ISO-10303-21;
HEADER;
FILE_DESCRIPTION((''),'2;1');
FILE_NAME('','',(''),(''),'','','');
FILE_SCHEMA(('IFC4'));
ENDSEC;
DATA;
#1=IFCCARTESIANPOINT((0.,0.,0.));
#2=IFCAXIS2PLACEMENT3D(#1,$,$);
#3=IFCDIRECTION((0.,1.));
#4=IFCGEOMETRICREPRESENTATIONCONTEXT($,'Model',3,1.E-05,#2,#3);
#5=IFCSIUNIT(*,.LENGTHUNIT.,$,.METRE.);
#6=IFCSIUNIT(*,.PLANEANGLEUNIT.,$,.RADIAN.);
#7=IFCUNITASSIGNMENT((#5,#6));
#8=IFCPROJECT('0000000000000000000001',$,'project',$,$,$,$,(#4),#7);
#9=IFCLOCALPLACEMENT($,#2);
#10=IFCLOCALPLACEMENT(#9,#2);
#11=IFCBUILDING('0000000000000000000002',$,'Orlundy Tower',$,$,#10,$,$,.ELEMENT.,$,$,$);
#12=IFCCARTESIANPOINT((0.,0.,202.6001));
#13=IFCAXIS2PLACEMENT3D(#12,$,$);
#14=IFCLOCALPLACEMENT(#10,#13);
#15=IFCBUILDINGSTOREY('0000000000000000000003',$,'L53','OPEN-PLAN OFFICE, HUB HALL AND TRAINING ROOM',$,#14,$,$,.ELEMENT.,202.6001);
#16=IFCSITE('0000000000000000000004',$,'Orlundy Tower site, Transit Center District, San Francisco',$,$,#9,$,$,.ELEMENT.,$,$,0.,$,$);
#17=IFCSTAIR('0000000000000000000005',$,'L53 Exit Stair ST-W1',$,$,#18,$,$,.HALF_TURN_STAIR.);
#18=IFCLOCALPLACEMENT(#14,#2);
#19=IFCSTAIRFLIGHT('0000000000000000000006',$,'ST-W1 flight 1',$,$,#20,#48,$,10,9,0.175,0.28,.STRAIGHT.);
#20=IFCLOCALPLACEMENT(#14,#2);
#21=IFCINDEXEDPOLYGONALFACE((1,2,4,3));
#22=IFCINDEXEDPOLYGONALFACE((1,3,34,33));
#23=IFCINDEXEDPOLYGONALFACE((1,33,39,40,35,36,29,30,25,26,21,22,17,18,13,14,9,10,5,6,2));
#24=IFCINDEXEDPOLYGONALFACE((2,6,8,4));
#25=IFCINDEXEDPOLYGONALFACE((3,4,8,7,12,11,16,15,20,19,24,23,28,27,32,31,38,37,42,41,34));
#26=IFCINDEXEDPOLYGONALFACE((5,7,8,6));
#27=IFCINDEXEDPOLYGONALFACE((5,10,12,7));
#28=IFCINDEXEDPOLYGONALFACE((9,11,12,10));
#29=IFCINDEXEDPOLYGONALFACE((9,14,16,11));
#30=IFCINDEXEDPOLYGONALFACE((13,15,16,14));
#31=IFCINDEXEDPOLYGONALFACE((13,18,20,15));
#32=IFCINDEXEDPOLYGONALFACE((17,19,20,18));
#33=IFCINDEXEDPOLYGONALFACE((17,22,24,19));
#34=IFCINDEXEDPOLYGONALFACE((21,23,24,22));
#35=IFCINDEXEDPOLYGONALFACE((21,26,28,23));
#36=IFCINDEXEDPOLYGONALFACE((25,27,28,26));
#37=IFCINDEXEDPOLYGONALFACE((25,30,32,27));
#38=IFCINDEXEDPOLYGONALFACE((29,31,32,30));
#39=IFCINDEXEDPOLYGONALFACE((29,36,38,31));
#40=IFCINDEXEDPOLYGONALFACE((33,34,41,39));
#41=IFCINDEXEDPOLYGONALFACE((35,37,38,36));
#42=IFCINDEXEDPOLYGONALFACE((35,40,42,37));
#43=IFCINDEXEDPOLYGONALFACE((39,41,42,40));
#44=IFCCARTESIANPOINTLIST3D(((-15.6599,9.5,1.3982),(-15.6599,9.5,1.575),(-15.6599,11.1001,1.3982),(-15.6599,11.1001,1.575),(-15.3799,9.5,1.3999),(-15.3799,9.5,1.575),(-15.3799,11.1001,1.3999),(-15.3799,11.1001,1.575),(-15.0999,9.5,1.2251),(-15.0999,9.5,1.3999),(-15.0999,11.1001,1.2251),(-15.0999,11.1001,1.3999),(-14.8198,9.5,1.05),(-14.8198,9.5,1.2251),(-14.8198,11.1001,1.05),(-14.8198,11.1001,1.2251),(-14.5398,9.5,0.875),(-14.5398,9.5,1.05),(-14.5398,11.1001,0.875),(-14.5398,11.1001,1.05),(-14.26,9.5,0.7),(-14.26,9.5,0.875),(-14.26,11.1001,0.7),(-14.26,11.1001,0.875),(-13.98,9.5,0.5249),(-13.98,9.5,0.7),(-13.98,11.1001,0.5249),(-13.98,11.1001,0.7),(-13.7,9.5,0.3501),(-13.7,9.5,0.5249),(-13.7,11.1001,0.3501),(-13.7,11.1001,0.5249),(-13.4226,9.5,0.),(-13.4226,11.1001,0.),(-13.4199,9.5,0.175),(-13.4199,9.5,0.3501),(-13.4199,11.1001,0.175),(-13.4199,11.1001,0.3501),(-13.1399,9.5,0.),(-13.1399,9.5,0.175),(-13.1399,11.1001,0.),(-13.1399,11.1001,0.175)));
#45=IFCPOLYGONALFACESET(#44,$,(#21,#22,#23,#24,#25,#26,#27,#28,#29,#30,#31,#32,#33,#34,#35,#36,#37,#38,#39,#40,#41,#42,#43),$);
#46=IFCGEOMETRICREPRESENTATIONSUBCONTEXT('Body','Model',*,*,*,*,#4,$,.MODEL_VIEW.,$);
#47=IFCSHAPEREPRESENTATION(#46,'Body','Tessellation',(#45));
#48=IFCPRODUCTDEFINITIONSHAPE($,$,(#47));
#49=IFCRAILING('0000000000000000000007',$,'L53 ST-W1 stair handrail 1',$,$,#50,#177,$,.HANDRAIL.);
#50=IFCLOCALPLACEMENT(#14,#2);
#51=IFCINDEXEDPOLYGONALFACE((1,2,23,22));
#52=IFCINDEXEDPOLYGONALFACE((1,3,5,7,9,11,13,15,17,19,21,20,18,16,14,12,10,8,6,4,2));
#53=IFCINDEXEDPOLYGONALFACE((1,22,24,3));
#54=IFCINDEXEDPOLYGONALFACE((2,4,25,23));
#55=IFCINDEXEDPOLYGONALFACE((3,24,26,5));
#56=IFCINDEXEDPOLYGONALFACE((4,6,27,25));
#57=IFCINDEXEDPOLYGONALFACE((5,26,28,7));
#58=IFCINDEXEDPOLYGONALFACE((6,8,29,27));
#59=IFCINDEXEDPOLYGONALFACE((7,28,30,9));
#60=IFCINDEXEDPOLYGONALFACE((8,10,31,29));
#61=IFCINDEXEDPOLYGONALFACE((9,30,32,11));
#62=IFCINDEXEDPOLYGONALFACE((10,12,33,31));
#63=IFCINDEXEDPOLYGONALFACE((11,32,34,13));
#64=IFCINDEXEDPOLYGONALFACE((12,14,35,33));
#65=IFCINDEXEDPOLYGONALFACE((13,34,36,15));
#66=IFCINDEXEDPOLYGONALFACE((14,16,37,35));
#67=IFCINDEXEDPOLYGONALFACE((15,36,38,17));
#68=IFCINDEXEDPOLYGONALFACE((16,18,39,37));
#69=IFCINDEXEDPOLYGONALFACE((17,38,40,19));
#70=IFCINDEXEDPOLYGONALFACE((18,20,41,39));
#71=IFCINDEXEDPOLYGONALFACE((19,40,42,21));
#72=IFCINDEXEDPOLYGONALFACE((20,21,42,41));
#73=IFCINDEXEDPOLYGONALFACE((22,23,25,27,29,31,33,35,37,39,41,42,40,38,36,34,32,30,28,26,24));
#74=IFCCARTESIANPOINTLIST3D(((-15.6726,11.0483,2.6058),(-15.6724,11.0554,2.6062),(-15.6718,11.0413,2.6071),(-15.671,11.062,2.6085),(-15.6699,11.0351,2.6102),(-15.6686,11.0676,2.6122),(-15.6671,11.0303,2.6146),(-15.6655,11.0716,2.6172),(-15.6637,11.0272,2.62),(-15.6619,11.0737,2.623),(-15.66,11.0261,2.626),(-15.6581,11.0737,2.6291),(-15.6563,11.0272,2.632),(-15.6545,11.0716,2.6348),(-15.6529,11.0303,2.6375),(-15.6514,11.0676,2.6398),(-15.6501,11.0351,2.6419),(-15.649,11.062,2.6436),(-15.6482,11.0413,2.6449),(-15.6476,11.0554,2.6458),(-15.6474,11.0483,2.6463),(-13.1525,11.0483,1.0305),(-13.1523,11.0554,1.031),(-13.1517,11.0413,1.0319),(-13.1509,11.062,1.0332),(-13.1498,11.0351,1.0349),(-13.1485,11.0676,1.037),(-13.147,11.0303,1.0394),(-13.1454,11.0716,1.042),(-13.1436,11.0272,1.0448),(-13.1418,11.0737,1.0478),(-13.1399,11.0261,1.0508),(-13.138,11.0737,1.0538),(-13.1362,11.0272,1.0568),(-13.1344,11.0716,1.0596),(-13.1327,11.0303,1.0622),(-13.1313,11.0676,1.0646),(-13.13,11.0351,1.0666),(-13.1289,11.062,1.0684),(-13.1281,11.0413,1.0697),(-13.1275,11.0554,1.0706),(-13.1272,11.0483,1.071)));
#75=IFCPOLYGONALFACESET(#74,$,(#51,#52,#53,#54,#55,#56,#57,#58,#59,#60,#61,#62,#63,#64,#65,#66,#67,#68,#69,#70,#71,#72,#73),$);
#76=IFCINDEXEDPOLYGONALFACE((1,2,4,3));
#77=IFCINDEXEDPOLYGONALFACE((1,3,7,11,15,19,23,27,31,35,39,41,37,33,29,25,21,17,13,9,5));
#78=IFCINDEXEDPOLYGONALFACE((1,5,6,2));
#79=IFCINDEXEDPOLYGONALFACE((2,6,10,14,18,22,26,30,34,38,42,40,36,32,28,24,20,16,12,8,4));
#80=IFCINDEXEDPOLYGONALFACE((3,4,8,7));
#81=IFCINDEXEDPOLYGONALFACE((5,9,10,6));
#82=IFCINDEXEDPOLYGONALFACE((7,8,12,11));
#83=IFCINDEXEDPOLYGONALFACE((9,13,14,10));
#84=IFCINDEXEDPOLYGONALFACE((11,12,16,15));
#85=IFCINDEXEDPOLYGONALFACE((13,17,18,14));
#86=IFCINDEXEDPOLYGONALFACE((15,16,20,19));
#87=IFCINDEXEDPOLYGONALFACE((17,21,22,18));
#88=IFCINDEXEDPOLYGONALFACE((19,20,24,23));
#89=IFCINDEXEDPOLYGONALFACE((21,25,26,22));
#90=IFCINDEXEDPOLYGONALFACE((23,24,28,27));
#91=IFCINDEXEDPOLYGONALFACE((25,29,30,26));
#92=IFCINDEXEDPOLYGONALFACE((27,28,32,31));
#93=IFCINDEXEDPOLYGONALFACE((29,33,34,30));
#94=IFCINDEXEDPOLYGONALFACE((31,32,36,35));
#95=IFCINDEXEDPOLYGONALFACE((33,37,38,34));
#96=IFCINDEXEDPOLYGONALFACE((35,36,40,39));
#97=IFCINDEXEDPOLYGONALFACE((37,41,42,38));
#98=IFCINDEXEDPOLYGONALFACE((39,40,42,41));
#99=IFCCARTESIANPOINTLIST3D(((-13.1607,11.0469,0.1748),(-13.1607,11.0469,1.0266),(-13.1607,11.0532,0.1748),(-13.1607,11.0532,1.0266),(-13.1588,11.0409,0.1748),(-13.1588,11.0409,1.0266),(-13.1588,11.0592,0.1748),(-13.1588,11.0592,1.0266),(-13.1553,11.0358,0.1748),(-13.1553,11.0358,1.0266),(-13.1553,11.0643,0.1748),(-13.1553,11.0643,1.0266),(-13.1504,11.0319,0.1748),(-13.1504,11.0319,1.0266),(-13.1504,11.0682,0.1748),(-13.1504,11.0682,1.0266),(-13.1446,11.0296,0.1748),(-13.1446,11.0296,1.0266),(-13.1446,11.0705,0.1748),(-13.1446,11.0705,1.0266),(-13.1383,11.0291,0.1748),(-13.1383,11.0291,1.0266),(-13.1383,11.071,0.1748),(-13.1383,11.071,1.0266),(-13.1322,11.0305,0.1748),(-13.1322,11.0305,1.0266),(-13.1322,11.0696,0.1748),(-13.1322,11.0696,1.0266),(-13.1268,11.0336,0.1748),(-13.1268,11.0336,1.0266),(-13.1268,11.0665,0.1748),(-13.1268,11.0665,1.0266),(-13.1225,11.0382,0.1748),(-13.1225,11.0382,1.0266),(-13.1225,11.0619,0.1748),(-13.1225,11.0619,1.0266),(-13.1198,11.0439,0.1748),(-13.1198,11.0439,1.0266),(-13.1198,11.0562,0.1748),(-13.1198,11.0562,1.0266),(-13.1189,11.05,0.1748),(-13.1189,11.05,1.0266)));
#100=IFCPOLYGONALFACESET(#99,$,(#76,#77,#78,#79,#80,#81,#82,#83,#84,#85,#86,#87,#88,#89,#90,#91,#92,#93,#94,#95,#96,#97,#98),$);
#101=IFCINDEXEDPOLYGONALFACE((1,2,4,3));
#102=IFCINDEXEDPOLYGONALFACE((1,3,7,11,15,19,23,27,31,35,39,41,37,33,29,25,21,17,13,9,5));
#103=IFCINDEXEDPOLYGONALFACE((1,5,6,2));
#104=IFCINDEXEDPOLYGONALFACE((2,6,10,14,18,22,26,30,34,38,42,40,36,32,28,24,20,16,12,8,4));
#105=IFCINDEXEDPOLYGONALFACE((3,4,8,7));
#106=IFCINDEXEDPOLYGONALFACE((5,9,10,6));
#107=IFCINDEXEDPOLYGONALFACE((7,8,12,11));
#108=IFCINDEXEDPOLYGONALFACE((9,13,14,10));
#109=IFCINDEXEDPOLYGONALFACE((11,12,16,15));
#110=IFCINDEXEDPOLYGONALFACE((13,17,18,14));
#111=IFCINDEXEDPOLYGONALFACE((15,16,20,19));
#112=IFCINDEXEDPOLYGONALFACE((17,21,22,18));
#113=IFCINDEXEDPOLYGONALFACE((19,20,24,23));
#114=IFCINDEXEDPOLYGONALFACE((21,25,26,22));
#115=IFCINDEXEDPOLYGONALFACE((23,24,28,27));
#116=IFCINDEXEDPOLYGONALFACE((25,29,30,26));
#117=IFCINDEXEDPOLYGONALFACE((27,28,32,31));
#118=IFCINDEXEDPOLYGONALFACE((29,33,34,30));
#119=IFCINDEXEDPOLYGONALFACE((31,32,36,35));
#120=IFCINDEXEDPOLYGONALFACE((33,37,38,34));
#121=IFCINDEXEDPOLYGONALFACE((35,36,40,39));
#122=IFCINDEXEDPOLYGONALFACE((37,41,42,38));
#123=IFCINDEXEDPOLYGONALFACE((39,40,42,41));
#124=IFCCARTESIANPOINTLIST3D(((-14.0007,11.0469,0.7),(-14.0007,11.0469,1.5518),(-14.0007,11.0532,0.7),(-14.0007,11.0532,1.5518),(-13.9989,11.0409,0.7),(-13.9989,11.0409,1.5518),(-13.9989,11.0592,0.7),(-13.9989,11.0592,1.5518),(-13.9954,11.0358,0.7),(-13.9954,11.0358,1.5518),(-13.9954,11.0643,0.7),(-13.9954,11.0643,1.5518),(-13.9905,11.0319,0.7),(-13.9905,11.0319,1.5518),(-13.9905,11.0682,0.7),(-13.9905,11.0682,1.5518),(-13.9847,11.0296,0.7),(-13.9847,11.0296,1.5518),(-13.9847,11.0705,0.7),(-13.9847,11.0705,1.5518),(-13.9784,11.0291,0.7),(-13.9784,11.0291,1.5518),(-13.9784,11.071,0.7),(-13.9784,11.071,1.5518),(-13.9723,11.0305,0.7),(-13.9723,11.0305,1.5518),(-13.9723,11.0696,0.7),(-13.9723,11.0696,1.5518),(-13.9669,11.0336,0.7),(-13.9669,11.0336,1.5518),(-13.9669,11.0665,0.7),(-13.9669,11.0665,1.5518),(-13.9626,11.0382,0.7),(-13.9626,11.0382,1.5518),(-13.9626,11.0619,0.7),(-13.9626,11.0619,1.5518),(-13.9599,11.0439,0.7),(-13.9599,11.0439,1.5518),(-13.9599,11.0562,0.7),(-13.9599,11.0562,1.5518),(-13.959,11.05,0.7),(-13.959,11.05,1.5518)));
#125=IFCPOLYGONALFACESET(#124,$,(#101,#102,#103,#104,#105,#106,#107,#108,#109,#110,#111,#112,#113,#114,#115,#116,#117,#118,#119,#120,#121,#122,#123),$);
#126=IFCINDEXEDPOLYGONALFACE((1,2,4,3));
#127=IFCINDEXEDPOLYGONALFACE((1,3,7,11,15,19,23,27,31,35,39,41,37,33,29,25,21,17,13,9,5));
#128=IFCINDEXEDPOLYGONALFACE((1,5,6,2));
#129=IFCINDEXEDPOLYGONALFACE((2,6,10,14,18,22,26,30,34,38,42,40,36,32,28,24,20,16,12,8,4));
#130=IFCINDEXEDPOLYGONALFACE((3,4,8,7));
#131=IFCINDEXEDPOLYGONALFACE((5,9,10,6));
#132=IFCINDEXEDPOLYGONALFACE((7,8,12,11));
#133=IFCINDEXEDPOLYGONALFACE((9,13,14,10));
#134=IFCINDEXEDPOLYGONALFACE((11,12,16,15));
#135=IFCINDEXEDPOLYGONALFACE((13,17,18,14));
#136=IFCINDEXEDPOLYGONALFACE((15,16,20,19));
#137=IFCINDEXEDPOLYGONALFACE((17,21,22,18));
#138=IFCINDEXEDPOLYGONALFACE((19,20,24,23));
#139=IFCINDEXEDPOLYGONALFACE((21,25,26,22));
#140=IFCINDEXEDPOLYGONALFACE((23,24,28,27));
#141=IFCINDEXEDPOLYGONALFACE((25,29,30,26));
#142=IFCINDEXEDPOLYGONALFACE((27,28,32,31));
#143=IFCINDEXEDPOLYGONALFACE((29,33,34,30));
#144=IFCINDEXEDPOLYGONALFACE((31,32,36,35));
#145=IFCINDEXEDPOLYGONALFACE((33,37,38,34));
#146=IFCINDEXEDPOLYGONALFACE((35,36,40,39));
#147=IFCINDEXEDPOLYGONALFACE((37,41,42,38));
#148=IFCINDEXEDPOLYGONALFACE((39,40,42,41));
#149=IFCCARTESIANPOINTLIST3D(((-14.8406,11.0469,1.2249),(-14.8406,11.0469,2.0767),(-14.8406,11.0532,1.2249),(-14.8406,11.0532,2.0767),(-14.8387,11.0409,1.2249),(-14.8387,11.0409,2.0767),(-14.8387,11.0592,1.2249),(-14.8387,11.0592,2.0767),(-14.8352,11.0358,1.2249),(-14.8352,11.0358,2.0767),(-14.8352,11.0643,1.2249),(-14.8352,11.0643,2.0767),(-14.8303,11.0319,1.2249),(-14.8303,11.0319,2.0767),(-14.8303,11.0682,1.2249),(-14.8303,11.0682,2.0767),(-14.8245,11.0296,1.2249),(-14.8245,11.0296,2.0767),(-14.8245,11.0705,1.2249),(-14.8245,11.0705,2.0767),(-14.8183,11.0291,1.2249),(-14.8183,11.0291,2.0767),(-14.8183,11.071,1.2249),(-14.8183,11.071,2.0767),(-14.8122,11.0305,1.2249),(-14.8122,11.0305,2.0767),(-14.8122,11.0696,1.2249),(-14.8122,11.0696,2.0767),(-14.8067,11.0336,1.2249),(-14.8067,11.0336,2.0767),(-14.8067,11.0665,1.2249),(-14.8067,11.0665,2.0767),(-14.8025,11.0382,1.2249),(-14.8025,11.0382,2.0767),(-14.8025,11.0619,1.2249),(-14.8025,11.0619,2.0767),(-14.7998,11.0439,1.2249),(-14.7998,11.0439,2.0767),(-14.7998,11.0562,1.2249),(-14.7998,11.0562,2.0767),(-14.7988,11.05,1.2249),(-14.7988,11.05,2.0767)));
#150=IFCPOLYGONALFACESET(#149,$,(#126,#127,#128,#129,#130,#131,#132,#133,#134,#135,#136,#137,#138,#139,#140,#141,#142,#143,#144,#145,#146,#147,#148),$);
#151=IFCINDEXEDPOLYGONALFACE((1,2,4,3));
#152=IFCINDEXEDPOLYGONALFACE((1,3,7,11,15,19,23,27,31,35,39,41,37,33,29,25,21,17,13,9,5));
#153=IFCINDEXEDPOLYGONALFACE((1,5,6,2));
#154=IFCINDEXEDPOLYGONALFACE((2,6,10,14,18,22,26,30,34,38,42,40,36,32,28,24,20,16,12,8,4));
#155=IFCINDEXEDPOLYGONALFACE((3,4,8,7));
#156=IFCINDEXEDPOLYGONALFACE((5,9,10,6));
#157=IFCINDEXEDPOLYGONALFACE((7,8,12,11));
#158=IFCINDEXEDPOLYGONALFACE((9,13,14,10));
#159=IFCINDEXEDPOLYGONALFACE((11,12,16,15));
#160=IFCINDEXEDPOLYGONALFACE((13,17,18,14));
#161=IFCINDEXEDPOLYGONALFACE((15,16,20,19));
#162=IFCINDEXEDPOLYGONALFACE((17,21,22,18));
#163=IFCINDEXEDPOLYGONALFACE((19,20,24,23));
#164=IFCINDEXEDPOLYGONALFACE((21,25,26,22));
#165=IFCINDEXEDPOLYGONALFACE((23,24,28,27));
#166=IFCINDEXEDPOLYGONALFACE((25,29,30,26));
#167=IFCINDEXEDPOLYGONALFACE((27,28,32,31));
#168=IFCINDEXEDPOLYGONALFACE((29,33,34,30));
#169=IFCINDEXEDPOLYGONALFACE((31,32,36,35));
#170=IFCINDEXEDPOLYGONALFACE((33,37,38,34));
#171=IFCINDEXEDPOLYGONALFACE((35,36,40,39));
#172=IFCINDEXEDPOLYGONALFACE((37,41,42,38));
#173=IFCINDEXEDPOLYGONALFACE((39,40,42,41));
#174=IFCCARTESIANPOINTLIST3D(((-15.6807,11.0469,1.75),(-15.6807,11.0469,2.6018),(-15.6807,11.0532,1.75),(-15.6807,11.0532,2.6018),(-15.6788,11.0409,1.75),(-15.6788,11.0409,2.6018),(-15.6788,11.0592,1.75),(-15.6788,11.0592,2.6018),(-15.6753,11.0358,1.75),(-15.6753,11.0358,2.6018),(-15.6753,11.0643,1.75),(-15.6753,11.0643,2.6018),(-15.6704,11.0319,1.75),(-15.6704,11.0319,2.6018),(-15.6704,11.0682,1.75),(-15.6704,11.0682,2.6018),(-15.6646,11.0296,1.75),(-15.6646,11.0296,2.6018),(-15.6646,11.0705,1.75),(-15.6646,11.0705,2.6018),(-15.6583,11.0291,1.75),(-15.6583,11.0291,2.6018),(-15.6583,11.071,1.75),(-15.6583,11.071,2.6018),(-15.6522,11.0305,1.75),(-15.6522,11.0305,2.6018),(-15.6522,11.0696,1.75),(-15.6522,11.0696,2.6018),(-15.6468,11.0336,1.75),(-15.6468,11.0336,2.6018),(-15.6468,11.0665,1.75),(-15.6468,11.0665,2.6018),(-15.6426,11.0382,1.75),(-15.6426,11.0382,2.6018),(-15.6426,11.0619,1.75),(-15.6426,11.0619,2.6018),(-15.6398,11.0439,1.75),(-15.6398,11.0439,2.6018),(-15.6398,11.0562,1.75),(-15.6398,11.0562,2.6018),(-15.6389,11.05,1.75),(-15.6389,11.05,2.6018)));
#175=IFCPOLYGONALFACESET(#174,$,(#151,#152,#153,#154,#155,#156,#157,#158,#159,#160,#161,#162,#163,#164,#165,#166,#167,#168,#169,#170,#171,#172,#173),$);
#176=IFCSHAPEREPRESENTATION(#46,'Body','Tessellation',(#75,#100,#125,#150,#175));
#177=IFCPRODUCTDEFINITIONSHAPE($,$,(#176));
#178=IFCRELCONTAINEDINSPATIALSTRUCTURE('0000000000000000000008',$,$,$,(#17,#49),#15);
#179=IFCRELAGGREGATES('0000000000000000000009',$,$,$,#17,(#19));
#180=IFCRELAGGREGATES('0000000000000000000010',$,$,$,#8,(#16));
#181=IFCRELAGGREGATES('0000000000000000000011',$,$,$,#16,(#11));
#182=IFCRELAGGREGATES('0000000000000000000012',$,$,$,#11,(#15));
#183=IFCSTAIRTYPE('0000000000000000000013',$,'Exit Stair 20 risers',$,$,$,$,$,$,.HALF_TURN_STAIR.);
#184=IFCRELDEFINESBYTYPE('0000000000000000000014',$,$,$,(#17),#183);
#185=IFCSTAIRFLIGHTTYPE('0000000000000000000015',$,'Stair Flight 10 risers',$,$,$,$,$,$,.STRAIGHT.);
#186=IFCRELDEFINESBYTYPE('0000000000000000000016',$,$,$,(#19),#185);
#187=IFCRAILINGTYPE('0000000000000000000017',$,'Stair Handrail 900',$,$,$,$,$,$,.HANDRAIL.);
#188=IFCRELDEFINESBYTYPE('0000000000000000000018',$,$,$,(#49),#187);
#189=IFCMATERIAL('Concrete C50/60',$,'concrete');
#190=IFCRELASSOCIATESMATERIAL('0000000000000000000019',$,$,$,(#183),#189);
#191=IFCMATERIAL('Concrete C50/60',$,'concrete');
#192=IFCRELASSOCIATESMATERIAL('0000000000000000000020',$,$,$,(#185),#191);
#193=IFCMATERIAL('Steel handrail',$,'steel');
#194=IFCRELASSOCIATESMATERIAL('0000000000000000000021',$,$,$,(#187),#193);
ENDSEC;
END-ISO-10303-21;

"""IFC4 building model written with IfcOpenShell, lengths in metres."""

from ifc_helpers import new_model, si_unit, direction, frame, origin, origin_2d, place, context, subcontext, project, spatial, polyline, circle, outline, extrude, material, type_object, element, aggregate, save


model = new_model("IFC4")

# Units and contexts
model_context = context("Model", 3, precision=1e-05, world=origin(), true_north=direction((0.0, 1.0)))
body_context = subcontext(model_context, "Body", "Model", "MODEL_VIEW")
ifc_project = project(units=[si_unit("LENGTHUNIT", "METRE"), si_unit("PLANEANGLEUNIT", "RADIAN")], contexts=[model_context])

# Site, building, storey
site_placement = place(None, origin())
site = spatial("IfcSite", under=ifc_project, at=site_placement, Name="Orlundy Tower site, Transit Center District, San Francisco", CompositionType="ELEMENT", RefElevation=0.0)
building_placement = place(site_placement, origin())
building = spatial("IfcBuilding", under=site, at=building_placement, Name="Orlundy Tower", CompositionType="ELEMENT")
storey_placement = place(building_placement, frame((0.0, 0.0, 202.6001)))
storey = spatial("IfcBuildingStorey", under=building, at=storey_placement, Name="L53", Description="OPEN-PLAN OFFICE, HUB HALL AND TRAINING ROOM", CompositionType="ELEMENT", Elevation=202.6001)

# Stair, stair flight
ifc_material_1 = material(Name="Concrete C50/60", Category="concrete")
stair_type = type_object("IfcStairType", Name="Exit Stair 20 risers", PredefinedType="HALF_TURN_STAIR", material=ifc_material_1)
stair_placement = place(storey_placement, origin())
stair = element("IfcStair", 1, at=stair_placement, inside=storey, type_object=stair_type, Name="L53 Exit Stair ST-W1", PredefinedType="HALF_TURN_STAIR")
ifc_material_2 = material(Name="Concrete C50/60", Category="concrete")
stair_flight_type = type_object("IfcStairFlightType", Name="Stair Flight 10 risers", PredefinedType="STRAIGHT", material=ifc_material_2)
stair_flight_placement = place(storey_placement, frame((-13.1399, 10.3, 0.0), z_axis=(0.0, 0.0, 1.0), x_axis=(-1.0, 0.0, 0.0)))
stair_flight = element("IfcStairFlight", 2, at=stair_flight_placement, type_object=stair_flight_type, Name="ST-W1 flight 1", NumberOfRisers=10, NumberOfTreads=9, PredefinedType="STRAIGHT", RiserHeight=0.175, TreadLength=0.28, context=body_context, shape_type="SweptSolid", body=[
    extrude(outline(polyline([(0.0, 0.0), (0.0, 0.175), (0.28, 0.175), (0.28, 0.3501), (0.5601, 0.3501), (0.5601, 0.5249), (0.8401, 0.5249), (0.8401, 0.7), (1.1201, 0.7), (1.1201, 0.875), (1.3999, 0.875), (1.3999, 1.05), (1.6799, 1.05), (1.6799, 1.2251), (1.96, 1.2251), (1.96, 1.3999), (2.24, 1.3999), (2.24, 1.575), (2.52, 1.575), (2.52, 1.75), (2.52, 1.3982), (0.2827, 0.0), (0.0, 0.0)])), frame((0.0, 0.8, 0.0), z_axis=(0.0, -1.0, 0.0), x_axis=(1.0, 0.0, 0.0)), (0.0, 0.0, 1.0), 1.6001),
])
aggregate(stair, [stair_flight])

# Railing
ifc_material_3 = material(Name="Steel handrail", Category="steel")
railing_type_1 = type_object("IfcRailingType", Name="Stair Handrail 900", PredefinedType="HANDRAIL", material=ifc_material_3)
railing_1_placement = place(storey_placement, frame((-13.1399, 11.05, 0.1748)))
element("IfcRailing", 3, at=railing_1_placement, inside=storey, type_object=railing_type_1, Name="L53 ST-W1 stair handrail 1", PredefinedType="HANDRAIL", context=body_context, shape_type="SweptSolid", body=[
    extrude(circle(Radius=0.0239, at=origin_2d()), frame((0.0, 0.0, 0.876), z_axis=(-0.847971, 0.0, 0.530043), x_axis=(0.0, -1.0, 0.0)), (0.0, 0.0, 1.0), 2.9719),
    extrude(circle(Radius=0.021, at=origin_2d()), origin(), (0.0, 0.0, 1.0), 0.8518),
    extrude(circle(Radius=0.021, at=origin_2d()), frame((-0.8401, 0.0, 0.5251)), (0.0, 0.0, 1.0), 0.8518),
    extrude(circle(Radius=0.021, at=origin_2d()), frame((-1.6799, 0.0, 1.05)), (0.0, 0.0, 1.0), 0.8518),
    extrude(circle(Radius=0.021, at=origin_2d()), frame((-2.52, 0.0, 1.5752)), (0.0, 0.0, 1.0), 0.8518),
])

save(model, "model.ifc")
